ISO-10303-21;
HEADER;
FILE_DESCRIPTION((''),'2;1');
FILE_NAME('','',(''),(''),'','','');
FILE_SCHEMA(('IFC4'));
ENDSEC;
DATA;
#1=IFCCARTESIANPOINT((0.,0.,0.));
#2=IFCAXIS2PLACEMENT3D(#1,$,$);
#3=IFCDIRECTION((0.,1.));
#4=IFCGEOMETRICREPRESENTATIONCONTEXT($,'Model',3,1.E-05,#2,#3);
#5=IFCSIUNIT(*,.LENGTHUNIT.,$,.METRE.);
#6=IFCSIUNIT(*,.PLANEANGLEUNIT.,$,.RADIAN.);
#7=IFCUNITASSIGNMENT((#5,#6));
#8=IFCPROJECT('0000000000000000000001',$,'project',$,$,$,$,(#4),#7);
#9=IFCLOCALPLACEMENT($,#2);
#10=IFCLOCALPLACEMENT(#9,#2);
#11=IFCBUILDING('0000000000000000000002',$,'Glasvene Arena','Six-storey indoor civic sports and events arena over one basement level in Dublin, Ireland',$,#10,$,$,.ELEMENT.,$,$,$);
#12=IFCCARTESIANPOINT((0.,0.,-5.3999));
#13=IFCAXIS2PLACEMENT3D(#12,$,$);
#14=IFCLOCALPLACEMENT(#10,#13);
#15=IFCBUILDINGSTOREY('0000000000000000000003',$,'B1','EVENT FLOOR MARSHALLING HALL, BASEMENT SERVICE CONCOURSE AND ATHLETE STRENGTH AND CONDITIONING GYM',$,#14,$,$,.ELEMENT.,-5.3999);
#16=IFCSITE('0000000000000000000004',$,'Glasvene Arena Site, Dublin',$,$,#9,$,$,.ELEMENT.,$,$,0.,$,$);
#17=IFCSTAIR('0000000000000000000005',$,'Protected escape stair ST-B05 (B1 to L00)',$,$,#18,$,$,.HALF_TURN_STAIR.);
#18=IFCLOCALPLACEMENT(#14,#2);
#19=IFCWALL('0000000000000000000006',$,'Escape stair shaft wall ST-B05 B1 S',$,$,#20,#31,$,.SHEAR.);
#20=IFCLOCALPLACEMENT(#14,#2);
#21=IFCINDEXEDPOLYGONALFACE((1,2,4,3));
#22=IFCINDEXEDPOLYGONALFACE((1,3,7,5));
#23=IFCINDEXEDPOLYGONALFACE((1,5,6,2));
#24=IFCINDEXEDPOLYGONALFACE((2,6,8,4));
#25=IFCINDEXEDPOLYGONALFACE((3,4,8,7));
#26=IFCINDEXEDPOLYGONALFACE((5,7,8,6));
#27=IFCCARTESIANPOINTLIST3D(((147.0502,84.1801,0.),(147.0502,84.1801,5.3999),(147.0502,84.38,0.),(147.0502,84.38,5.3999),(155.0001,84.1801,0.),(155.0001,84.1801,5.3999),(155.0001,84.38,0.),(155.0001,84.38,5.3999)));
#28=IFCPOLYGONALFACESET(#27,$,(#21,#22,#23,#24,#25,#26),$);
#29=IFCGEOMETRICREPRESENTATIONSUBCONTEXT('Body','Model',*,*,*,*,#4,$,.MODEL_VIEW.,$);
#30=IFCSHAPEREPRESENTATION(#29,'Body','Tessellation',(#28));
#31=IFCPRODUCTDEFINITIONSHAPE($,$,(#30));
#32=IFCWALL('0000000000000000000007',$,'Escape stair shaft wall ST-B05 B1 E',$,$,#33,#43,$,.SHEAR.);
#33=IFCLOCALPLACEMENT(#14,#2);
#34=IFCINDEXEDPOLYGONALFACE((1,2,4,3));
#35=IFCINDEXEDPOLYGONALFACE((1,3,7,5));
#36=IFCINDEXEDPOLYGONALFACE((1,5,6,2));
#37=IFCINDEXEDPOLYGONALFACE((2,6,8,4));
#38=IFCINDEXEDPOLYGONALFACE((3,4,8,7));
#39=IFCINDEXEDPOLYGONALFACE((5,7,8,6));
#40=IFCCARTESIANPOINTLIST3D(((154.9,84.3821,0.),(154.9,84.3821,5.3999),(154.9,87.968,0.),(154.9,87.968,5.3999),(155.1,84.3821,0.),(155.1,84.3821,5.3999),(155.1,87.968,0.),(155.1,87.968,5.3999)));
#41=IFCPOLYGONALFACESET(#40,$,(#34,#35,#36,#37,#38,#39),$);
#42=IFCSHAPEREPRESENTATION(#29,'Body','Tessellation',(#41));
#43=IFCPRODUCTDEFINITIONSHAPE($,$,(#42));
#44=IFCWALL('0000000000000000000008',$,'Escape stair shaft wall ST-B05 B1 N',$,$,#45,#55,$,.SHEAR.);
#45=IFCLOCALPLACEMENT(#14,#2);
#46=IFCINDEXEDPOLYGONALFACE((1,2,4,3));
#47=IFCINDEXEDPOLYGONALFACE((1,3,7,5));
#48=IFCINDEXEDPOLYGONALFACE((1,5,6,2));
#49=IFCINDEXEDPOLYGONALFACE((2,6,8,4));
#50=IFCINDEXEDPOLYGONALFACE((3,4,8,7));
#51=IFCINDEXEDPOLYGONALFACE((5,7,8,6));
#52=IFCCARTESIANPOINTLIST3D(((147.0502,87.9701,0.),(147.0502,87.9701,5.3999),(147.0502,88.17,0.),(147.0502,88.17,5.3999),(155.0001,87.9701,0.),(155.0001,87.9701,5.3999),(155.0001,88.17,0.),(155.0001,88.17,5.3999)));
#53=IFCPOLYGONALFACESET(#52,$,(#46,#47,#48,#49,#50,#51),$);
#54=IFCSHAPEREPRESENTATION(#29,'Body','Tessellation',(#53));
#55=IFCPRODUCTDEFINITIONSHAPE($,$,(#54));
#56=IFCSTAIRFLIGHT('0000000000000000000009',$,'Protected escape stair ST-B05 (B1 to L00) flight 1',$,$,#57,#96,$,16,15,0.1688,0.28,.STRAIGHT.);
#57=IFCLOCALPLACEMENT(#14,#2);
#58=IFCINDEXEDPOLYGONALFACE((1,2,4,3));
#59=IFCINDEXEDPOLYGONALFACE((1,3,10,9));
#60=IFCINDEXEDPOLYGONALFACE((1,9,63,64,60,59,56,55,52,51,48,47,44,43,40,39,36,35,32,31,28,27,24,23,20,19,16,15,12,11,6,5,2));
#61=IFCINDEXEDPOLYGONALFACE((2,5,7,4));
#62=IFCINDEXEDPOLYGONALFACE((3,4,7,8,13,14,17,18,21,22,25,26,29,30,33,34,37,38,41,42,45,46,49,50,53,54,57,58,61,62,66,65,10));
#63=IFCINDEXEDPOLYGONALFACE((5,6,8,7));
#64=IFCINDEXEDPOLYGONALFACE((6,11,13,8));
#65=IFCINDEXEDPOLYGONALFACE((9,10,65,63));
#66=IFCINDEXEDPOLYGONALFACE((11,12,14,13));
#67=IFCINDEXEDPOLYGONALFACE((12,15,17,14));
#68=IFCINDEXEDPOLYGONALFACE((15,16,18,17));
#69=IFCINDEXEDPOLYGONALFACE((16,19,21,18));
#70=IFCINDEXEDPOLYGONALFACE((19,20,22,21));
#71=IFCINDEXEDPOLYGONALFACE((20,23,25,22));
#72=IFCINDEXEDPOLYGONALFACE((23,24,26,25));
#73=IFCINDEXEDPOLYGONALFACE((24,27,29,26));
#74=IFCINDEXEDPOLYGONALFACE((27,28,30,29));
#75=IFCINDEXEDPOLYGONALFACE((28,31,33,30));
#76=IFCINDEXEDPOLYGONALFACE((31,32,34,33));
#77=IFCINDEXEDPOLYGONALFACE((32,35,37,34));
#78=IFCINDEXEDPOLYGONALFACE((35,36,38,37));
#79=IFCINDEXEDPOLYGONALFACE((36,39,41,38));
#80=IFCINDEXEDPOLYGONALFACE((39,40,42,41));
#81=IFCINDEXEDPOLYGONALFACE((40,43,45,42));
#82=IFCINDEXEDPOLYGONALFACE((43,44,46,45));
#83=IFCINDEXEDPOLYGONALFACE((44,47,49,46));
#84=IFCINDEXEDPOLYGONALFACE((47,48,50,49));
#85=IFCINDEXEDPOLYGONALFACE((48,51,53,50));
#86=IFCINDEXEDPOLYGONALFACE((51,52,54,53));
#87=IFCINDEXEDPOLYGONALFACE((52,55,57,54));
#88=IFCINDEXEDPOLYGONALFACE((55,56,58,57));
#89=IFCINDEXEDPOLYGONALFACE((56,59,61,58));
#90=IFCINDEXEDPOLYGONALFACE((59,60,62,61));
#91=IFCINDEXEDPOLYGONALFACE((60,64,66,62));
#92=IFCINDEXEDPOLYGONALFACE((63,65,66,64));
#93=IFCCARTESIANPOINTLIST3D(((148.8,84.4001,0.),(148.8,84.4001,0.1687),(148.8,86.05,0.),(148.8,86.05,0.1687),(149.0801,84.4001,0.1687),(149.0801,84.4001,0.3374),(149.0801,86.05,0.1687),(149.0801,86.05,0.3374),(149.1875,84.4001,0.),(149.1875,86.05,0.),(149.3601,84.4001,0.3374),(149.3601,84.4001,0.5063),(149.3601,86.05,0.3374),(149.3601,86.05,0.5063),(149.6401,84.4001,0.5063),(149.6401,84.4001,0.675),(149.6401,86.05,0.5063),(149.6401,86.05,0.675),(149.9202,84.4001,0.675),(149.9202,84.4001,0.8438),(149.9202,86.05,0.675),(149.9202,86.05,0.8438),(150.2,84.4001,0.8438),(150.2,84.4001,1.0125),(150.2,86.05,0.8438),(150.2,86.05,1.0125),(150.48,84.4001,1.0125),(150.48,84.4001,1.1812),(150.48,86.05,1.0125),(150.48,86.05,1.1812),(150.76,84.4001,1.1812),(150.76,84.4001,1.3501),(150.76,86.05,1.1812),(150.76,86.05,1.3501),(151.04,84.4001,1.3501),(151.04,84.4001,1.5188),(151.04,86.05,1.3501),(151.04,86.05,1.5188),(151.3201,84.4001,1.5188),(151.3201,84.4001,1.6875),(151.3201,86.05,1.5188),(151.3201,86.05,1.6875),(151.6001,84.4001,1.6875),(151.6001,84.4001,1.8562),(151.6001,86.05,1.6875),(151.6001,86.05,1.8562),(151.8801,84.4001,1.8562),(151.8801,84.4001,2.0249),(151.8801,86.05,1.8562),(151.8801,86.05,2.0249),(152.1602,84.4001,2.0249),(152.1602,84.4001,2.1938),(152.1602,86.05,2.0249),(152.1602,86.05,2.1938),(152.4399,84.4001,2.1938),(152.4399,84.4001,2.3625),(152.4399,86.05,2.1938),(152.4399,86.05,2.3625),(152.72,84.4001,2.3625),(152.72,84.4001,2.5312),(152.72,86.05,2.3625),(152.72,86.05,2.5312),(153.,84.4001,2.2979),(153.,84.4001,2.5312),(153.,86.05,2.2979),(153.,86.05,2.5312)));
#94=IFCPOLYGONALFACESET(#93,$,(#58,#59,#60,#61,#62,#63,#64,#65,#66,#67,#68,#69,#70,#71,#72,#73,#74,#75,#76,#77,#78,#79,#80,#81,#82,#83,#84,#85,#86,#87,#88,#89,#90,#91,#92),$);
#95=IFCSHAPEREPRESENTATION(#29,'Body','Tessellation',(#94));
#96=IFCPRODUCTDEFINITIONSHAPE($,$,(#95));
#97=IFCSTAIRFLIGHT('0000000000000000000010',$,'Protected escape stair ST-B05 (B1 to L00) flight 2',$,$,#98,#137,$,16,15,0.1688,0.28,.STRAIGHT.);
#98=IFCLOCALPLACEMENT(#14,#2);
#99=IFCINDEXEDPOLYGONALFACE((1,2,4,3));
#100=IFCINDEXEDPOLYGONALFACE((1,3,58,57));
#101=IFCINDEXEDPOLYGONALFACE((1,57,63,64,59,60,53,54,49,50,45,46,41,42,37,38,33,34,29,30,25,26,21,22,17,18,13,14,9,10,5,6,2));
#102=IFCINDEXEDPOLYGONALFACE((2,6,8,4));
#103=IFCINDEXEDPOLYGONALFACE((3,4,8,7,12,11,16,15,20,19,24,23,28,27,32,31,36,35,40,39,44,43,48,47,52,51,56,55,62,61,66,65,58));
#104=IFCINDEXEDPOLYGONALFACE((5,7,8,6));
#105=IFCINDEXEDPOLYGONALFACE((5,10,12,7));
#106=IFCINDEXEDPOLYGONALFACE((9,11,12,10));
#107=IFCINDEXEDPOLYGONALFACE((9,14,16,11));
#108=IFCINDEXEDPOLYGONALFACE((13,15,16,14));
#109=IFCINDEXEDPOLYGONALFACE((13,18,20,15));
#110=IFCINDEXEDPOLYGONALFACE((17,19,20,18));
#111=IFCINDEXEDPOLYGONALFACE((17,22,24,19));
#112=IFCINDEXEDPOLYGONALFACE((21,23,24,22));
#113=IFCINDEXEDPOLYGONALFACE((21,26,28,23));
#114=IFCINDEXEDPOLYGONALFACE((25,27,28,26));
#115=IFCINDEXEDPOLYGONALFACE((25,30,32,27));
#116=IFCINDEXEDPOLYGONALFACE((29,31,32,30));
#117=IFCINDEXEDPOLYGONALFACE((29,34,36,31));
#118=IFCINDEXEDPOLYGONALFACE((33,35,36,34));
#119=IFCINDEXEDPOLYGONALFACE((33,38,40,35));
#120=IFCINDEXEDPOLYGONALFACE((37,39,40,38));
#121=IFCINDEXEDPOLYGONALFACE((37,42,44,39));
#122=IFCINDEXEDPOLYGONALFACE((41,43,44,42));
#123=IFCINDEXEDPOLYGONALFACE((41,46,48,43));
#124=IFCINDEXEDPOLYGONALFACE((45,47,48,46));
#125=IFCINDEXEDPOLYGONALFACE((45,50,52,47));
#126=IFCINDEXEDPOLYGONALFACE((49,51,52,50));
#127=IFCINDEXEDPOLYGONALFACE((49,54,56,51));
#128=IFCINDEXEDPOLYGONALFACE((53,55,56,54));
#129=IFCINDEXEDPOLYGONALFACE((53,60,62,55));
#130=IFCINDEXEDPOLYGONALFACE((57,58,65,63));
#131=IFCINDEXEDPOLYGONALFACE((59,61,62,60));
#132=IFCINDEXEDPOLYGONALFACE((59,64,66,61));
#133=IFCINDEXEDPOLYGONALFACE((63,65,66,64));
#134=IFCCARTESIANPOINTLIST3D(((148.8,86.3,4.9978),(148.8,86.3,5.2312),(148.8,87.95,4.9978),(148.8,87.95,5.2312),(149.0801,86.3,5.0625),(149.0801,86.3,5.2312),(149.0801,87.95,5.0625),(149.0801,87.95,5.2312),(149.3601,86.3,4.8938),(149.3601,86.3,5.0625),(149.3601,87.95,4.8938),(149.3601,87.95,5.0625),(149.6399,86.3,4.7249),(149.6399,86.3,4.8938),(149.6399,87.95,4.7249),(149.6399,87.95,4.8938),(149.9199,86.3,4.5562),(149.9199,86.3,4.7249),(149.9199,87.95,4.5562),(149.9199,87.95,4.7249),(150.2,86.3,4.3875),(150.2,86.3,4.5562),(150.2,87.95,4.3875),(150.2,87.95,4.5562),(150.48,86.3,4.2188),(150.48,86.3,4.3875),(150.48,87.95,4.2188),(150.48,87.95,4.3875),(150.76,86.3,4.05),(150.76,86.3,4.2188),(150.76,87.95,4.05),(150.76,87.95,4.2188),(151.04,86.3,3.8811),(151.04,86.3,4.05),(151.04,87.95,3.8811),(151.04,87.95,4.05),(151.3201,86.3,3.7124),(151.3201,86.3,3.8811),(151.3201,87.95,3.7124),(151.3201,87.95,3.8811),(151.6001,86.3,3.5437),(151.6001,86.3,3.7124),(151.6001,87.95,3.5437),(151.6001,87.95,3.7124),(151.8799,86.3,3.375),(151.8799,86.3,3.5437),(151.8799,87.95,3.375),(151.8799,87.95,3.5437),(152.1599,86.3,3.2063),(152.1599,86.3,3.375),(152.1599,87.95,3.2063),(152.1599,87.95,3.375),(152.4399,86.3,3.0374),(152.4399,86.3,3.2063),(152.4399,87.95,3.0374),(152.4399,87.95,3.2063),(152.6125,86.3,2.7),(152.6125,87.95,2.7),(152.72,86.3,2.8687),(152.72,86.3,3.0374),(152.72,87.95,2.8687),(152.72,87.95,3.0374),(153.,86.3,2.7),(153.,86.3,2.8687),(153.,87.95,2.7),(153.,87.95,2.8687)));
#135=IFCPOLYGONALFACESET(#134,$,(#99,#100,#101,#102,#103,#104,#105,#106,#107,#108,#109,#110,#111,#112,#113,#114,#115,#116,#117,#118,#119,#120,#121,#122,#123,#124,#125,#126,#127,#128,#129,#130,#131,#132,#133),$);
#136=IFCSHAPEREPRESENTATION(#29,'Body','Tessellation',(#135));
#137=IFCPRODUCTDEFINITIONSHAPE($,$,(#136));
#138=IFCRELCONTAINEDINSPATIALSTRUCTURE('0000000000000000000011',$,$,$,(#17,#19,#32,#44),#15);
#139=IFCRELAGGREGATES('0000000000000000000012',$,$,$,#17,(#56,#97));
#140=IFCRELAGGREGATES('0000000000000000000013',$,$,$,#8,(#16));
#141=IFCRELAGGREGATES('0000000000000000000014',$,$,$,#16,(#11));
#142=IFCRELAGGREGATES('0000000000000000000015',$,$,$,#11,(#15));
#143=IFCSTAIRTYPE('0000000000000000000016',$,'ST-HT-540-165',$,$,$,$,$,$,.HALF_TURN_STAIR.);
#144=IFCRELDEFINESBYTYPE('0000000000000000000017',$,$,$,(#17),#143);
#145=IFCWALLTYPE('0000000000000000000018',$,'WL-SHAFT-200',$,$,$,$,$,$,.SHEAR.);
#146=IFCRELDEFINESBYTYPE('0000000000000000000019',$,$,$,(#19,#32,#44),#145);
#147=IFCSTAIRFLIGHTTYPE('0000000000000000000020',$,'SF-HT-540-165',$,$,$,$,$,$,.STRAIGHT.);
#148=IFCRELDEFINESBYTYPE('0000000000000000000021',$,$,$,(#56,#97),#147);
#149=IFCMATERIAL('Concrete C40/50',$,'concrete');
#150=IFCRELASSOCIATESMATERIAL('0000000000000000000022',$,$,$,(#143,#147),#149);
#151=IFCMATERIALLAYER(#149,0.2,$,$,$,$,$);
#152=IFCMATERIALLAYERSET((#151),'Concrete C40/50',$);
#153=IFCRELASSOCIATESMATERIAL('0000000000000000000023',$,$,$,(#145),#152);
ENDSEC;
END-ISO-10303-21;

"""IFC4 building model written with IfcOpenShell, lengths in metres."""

from ifc_helpers import new_model, si_unit, direction, frame, frame_2d, origin, place, context, subcontext, project, spatial, polyline, rectangle, outline, extrude, material, layer, layer_set, type_object, element, aggregate, save


model = new_model("IFC4")

# Units and contexts
model_context = context("Model", 3, precision=1e-05, world=origin(), true_north=direction((0.0, 1.0)))
body_context = subcontext(model_context, "Body", "Model", "MODEL_VIEW")
ifc_project = project(units=[si_unit("LENGTHUNIT", "METRE"), si_unit("PLANEANGLEUNIT", "RADIAN")], contexts=[model_context])

# Site, building, storey
site_placement = place(None, origin())
site = spatial("IfcSite", under=ifc_project, at=site_placement, Name="Glasvene Arena Site, Dublin", CompositionType="ELEMENT", RefElevation=0.0)
building_placement = place(site_placement, origin())
building = spatial("IfcBuilding", under=site, at=building_placement, Name="Glasvene Arena", Description="Six-storey indoor civic sports and events arena over one basement level in Dublin, Ireland", CompositionType="ELEMENT")
storey_placement = place(building_placement, frame((0.0, 0.0, -5.3999)))
storey = spatial("IfcBuildingStorey", under=building, at=storey_placement, Name="B1", Description="EVENT FLOOR MARSHALLING HALL, BASEMENT SERVICE CONCOURSE AND ATHLETE STRENGTH AND CONDITIONING GYM", CompositionType="ELEMENT", Elevation=-5.3999)

# Shared definitions
ifc_material_1 = material(Name="Concrete C40/50", Category="concrete")

# Stair
stair_type = type_object("IfcStairType", Name="ST-HT-540-165", PredefinedType="HALF_TURN_STAIR", material=ifc_material_1)
stair_placement = place(storey_placement, origin())
stair = element("IfcStair", 1, at=stair_placement, inside=storey, type_object=stair_type, Name="Protected escape stair ST-B05 (B1 to L00)", PredefinedType="HALF_TURN_STAIR")

# Wall
ifc_layer_1 = layer(ifc_material_1, 0.2)
ifc_layer_set_1 = layer_set([ifc_layer_1], Name="Concrete C40/50")
wall_type_1 = type_object("IfcWallType", Name="WL-SHAFT-200", PredefinedType="SHEAR", material=ifc_layer_set_1)
wall_1_placement = place(storey_placement, frame((147.05, 84.28, 0.0), z_axis=(0.0, 0.0, 1.0), x_axis=(1.0, 0.0, 0.0)))
element("IfcWall", 2, at=wall_1_placement, inside=storey, type_object=wall_type_1, Name="Escape stair shaft wall ST-B05 B1 S", PredefinedType="SHEAR", context=body_context, shape_type="SweptSolid", body=[
    extrude(rectangle(XDim=7.95, YDim=0.2, at=frame_2d((3.9751, 0.0))), origin(), (0.0, 0.0, 1.0), 5.3999),
])

# Walls
wall_2_placement = place(storey_placement, frame((155.0, 84.3821, 0.0), z_axis=(0.0, 0.0, 1.0), x_axis=(0.0, 1.0, 0.0)))
element("IfcWall", 3, at=wall_2_placement, inside=storey, type_object=wall_type_1, Name="Escape stair shaft wall ST-B05 B1 E", PredefinedType="SHEAR", context=body_context, shape_type="SweptSolid", body=[
    extrude(rectangle(XDim=3.5859, YDim=0.2, at=frame_2d((1.793, 0.0))), origin(), (0.0, 0.0, 1.0), 5.3999),
])
wall_3_placement = place(storey_placement, frame((147.05, 88.0701, 0.0), z_axis=(0.0, 0.0, 1.0), x_axis=(1.0, 0.0, 0.0)))
element("IfcWall", 4, at=wall_3_placement, inside=storey, type_object=wall_type_1, Name="Escape stair shaft wall ST-B05 B1 N", PredefinedType="SHEAR", context=body_context, shape_type="SweptSolid", body=[
    extrude(rectangle(XDim=7.95, YDim=0.2, at=frame_2d((3.9751, 0.0))), origin(), (0.0, 0.0, 1.0), 5.3999),
])

# Stair flights
stair_flight_type = type_object("IfcStairFlightType", Name="SF-HT-540-165", PredefinedType="STRAIGHT", material=ifc_material_1)
stair_flight_1_placement = place(storey_placement, frame((148.8, 85.2251, 0.0), z_axis=(0.0, 0.0, 1.0), x_axis=(1.0, 0.0, 0.0)))
stair_flight_1 = element("IfcStairFlight", 5, at=stair_flight_1_placement, type_object=stair_flight_type, Name="Protected escape stair ST-B05 (B1 to L00) flight 1", NumberOfRisers=16, NumberOfTreads=15, PredefinedType="STRAIGHT", RiserHeight=0.1688, TreadLength=0.28, context=body_context, shape_type="SweptSolid", body=[
    extrude(outline(polyline([(0.0, 0.0), (0.0, 0.1687), (0.28, 0.1687), (0.28, 0.3374), (0.5601, 0.3374), (0.5601, 0.5063), (0.8401, 0.5063), (0.8401, 0.675), (1.1201, 0.675), (1.1201, 0.8438), (1.3999, 0.8438), (1.3999, 1.0125), (1.6799, 1.0125), (1.6799, 1.1812), (1.96, 1.1812), (1.96, 1.3501), (2.24, 1.3501), (2.24, 1.5188), (2.52, 1.5188), (2.52, 1.6875), (2.8, 1.6875), (2.8, 1.8562), (3.0801, 1.8562), (3.0801, 2.0249), (3.3601, 2.0249), (3.3601, 2.1938), (3.6399, 2.1938), (3.6399, 2.3625), (3.9199, 2.3625), (3.9199, 2.5312), (4.2, 2.5312), (4.2, 2.7), (4.2, 2.2979), (0.3875, 0.0), (0.0, 0.0)])), frame((0.0, 0.825, 0.0), z_axis=(0.0, -1.0, 0.0), x_axis=(1.0, 0.0, 0.0)), (0.0, 0.0, 1.0), 1.6499),
])
stair_flight_2_placement = place(storey_placement, frame((153.0, 87.125, 2.7), z_axis=(0.0, 0.0, 1.0), x_axis=(-1.0, 0.0, 0.0)))
stair_flight_2 = element("IfcStairFlight", 6, at=stair_flight_2_placement, type_object=stair_flight_type, Name="Protected escape stair ST-B05 (B1 to L00) flight 2", NumberOfRisers=16, NumberOfTreads=15, PredefinedType="STRAIGHT", RiserHeight=0.1688, TreadLength=0.28, context=body_context, shape_type="SweptSolid", body=[
    extrude(outline(polyline([(0.0, 0.0), (0.0, 0.1687), (0.28, 0.1687), (0.28, 0.3374), (0.5601, 0.3374), (0.5601, 0.5063), (0.8401, 0.5063), (0.8401, 0.675), (1.1201, 0.675), (1.1201, 0.8438), (1.3999, 0.8438), (1.3999, 1.0125), (1.6799, 1.0125), (1.6799, 1.1812), (1.96, 1.1812), (1.96, 1.3501), (2.24, 1.3501), (2.24, 1.5188), (2.52, 1.5188), (2.52, 1.6875), (2.8, 1.6875), (2.8, 1.8562), (3.0801, 1.8562), (3.0801, 2.0249), (3.3601, 2.0249), (3.3601, 2.1938), (3.6399, 2.1938), (3.6399, 2.3625), (3.9199, 2.3625), (3.9199, 2.5312), (4.2, 2.5312), (4.2, 2.7), (4.2, 2.2979), (0.3875, 0.0), (0.0, 0.0)])), frame((0.0, 0.825, 0.0), z_axis=(0.0, -1.0, 0.0), x_axis=(1.0, 0.0, 0.0)), (0.0, 0.0, 1.0), 1.6499),
])
aggregate(stair, [stair_flight_1, stair_flight_2])

save(model, "model.ifc")
